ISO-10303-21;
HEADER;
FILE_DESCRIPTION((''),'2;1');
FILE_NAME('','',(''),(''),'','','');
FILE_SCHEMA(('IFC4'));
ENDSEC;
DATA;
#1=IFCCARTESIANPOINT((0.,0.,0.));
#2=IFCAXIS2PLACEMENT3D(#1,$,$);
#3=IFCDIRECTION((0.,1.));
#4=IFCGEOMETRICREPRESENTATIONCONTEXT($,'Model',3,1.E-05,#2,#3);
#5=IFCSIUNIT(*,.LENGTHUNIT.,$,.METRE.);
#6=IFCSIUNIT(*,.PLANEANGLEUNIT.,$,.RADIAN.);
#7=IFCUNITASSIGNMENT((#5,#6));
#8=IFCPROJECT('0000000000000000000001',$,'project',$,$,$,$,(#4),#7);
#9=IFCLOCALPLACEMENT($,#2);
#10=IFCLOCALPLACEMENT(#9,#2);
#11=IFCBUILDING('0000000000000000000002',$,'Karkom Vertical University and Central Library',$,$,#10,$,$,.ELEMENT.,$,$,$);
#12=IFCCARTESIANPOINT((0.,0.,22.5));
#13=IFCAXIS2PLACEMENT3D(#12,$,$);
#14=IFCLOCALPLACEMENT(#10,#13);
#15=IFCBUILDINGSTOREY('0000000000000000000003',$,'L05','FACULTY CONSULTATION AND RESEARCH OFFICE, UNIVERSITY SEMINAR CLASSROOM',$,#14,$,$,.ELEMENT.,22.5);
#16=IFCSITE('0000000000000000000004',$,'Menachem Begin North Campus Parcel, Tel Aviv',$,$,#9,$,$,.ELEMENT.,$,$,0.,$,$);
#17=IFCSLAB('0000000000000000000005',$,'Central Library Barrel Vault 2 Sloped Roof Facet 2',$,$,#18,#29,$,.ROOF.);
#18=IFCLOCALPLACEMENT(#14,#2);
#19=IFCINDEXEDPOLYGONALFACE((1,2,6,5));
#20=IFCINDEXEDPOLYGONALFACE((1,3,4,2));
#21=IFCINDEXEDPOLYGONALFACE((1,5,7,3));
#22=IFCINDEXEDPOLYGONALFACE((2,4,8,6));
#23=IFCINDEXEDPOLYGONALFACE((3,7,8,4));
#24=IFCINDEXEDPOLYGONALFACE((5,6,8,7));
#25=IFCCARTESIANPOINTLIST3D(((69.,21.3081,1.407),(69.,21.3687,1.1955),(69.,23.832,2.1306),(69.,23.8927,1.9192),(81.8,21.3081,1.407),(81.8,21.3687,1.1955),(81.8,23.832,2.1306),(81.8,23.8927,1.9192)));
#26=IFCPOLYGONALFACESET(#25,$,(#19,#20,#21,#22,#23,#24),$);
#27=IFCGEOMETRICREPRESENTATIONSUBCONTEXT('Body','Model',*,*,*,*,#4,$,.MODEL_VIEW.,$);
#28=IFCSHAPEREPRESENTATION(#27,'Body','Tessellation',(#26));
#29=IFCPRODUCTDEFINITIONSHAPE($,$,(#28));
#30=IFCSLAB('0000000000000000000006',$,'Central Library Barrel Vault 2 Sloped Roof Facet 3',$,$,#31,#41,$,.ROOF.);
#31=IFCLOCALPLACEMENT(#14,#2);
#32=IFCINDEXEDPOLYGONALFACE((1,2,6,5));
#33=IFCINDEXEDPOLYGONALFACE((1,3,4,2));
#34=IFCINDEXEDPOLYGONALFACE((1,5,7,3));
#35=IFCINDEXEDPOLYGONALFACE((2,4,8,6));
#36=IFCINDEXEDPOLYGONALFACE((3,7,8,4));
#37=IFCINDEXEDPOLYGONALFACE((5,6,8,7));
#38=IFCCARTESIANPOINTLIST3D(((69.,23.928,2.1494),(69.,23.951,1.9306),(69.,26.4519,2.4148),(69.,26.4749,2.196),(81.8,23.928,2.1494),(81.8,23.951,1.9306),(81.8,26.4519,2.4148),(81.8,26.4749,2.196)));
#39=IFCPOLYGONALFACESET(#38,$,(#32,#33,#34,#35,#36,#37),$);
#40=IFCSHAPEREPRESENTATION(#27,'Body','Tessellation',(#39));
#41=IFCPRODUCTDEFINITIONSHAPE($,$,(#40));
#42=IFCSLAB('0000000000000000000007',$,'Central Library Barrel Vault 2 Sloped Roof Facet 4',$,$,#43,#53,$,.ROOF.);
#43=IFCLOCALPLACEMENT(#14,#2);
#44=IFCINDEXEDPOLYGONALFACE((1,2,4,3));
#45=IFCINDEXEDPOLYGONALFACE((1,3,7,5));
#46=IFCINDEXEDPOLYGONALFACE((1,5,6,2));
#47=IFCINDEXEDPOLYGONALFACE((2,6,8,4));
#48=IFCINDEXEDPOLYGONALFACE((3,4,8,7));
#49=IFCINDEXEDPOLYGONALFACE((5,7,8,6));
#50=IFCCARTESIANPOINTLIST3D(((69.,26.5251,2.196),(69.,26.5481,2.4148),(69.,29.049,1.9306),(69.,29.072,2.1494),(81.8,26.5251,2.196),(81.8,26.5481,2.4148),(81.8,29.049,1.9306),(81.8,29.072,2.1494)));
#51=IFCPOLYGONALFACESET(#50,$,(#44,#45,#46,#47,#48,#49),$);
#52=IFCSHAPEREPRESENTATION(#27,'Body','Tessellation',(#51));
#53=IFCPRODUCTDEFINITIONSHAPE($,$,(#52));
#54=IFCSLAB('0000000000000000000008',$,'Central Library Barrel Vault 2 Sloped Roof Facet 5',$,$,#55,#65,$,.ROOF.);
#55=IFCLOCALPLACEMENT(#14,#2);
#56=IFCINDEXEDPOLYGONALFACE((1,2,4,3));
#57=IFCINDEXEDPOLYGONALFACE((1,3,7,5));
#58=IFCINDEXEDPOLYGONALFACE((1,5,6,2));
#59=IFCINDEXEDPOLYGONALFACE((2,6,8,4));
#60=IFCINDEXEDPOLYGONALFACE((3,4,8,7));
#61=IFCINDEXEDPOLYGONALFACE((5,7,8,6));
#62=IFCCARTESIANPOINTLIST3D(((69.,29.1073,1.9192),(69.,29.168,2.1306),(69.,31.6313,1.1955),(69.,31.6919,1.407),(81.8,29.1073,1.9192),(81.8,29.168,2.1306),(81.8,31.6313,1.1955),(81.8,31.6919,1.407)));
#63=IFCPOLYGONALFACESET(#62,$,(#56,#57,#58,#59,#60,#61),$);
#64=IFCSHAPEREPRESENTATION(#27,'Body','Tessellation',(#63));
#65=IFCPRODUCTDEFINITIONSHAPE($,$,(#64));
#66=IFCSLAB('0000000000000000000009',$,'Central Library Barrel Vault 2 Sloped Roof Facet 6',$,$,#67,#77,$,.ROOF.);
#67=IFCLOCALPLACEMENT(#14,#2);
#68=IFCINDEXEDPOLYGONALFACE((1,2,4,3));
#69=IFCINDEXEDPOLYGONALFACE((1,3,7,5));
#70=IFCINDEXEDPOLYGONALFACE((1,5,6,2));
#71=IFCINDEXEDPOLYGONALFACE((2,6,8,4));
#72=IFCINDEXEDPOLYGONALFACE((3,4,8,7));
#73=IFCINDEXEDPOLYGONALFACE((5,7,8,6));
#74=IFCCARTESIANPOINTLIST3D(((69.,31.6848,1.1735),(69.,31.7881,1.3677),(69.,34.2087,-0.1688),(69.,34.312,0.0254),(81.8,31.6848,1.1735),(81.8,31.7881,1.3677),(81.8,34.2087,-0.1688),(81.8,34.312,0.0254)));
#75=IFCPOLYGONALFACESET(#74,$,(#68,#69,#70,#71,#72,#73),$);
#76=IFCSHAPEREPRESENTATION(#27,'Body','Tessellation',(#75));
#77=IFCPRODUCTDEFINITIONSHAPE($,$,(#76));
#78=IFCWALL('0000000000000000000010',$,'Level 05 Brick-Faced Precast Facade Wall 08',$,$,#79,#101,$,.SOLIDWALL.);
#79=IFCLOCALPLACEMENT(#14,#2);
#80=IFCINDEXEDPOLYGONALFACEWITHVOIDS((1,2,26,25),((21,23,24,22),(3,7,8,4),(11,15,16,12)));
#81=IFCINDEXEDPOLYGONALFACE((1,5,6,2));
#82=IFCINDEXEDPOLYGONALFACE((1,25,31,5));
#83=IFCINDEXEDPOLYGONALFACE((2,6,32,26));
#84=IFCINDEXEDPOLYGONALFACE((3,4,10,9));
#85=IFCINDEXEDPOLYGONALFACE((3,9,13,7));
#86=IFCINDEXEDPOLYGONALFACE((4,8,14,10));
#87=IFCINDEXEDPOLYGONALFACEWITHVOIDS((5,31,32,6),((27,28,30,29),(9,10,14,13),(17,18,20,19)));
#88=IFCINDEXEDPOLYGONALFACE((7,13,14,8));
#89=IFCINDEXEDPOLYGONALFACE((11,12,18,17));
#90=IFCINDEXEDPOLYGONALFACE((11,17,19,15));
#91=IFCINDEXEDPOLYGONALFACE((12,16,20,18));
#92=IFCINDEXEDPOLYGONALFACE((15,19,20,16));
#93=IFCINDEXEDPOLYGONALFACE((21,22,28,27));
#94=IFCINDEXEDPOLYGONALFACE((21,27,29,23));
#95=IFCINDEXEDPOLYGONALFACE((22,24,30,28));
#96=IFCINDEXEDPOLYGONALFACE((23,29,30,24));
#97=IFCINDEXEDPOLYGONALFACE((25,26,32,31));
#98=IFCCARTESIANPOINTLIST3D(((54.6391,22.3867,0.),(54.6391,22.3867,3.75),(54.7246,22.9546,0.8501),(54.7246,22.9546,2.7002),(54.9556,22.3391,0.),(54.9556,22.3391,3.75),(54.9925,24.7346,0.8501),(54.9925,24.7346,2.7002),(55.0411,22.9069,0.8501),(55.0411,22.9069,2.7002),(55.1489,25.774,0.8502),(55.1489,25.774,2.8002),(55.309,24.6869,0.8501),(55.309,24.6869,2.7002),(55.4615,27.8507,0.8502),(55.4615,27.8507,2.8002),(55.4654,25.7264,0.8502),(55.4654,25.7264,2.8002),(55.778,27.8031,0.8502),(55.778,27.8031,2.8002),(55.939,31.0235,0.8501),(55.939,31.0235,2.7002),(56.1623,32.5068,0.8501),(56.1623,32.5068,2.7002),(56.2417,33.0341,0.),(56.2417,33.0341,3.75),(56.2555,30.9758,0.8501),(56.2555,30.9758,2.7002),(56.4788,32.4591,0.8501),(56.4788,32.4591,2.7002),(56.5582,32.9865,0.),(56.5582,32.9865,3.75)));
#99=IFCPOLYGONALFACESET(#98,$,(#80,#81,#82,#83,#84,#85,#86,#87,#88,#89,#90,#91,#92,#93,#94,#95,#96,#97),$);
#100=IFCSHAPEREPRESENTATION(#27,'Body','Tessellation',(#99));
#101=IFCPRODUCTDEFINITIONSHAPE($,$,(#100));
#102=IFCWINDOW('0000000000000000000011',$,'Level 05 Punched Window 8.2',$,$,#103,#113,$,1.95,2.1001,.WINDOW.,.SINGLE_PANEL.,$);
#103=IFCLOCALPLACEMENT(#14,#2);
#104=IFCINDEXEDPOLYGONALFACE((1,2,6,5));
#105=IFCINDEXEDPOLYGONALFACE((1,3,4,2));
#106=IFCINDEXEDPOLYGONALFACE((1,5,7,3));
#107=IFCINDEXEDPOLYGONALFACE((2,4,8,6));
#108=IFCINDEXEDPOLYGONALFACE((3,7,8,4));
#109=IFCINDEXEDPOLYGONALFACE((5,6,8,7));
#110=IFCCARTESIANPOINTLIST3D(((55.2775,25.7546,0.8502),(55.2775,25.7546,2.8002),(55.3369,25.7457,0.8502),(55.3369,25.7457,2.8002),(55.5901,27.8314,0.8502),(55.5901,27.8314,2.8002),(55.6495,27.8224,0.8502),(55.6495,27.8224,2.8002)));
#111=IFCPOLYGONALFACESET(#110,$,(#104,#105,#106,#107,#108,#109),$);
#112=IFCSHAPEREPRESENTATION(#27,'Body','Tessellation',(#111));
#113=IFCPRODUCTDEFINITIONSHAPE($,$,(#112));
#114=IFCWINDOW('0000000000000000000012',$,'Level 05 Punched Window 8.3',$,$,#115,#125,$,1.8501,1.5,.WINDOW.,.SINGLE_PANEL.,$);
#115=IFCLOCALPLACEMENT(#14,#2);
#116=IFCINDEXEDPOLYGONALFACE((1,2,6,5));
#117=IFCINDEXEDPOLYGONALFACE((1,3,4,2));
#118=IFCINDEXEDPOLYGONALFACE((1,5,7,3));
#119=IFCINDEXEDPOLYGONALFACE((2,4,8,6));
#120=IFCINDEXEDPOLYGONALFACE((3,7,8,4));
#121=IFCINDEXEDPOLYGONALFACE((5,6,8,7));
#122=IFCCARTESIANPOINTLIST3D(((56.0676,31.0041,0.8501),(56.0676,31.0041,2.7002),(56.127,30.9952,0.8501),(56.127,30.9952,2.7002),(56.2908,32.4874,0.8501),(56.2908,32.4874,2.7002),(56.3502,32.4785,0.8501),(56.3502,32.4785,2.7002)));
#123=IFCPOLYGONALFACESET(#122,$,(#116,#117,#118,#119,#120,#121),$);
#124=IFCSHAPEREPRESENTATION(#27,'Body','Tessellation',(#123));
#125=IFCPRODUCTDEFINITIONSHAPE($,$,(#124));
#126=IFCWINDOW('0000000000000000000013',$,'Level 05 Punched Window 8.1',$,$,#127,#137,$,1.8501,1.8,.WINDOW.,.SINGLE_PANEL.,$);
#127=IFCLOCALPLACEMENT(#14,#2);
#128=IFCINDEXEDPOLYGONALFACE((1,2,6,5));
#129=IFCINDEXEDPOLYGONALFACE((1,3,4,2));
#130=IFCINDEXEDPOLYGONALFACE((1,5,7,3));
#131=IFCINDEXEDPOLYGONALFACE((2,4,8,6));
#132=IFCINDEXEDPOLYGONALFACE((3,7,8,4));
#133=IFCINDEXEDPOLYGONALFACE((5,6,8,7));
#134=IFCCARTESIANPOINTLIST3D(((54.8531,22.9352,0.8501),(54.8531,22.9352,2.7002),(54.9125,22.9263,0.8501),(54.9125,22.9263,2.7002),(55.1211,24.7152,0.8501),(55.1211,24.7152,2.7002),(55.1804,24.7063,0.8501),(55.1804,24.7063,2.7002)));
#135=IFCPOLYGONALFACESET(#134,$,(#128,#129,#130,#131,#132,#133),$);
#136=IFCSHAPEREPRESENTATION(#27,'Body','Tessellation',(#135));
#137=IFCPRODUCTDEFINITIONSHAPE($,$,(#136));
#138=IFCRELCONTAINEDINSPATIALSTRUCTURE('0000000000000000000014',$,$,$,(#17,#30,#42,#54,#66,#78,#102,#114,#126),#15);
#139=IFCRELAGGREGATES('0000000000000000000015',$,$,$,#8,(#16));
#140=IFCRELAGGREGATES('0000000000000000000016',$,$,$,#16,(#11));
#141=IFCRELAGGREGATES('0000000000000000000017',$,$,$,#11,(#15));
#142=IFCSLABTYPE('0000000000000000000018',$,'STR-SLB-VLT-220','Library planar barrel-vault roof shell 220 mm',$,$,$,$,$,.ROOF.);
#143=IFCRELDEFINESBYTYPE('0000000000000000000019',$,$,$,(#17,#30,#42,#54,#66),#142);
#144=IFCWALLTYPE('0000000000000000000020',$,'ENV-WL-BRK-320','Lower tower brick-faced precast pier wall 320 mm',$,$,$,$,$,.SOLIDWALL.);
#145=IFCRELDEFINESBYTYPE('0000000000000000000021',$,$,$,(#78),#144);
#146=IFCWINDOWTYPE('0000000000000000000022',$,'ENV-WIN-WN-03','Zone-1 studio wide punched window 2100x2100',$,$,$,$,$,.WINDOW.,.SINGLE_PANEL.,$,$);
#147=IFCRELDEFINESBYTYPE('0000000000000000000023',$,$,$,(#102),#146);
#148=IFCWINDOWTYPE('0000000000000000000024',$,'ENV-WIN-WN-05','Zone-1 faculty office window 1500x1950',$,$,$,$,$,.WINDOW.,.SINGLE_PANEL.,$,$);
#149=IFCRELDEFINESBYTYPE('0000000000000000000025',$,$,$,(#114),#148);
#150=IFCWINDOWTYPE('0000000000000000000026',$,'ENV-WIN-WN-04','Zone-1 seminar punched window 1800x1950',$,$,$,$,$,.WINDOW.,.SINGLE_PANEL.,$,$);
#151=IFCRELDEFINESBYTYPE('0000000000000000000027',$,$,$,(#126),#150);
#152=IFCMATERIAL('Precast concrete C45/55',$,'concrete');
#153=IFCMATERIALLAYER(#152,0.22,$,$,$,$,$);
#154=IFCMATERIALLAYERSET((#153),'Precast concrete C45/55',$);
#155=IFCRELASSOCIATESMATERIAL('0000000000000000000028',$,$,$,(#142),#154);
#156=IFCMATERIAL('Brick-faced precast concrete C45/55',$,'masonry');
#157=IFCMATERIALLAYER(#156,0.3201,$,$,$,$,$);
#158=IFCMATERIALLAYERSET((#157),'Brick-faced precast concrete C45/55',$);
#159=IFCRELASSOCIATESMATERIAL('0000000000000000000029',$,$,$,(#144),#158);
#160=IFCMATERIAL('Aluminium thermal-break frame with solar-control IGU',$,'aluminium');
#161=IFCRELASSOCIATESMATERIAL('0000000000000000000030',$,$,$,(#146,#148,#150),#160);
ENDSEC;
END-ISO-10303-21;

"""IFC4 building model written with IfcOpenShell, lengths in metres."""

from ifc_helpers import new_model, si_unit, direction, frame, frame_2d, origin, origin_with_axes, place, context, subcontext, project, spatial, polyline, rectangle, outline, extrude, source, transform, mapped, material, layer, layer_set, type_object, element, fill, save


model = new_model("IFC4")

# Units and contexts
model_context = context("Model", 3, precision=1e-05, world=origin(), true_north=direction((0.0, 1.0)))
body_context = subcontext(model_context, "Body", "Model", "MODEL_VIEW")
ifc_project = project(units=[si_unit("LENGTHUNIT", "METRE"), si_unit("PLANEANGLEUNIT", "RADIAN")], contexts=[model_context])

# Site, building, storey
site_placement = place(None, origin())
site = spatial("IfcSite", under=ifc_project, at=site_placement, Name="Menachem Begin North Campus Parcel, Tel Aviv", CompositionType="ELEMENT", RefElevation=0.0)
building_placement = place(site_placement, origin())
building = spatial("IfcBuilding", under=site, at=building_placement, Name="Karkom Vertical University and Central Library", CompositionType="ELEMENT")
storey_placement = place(building_placement, frame((0.0, 0.0, 22.5)))
storey = spatial("IfcBuildingStorey", under=building, at=storey_placement, Name="L05", Description="FACULTY CONSULTATION AND RESEARCH OFFICE, UNIVERSITY SEMINAR CLASSROOM", CompositionType="ELEMENT", Elevation=22.5)

# Slabs
ifc_material_1 = material(Name="Precast concrete C45/55", Category="concrete")
ifc_layer_1 = layer(ifc_material_1, 0.22)
ifc_layer_set_1 = layer_set([ifc_layer_1], Name="Precast concrete C45/55")
slab_type = type_object("IfcSlabType", Name="STR-SLB-VLT-220", Description="Library planar barrel-vault roof shell 220 mm", PredefinedType="ROOF", material=ifc_layer_set_1)
slab_1_placement = place(storey_placement, frame((69.0, 21.3081, 1.407), z_axis=(0.0, -0.275605, 0.961271), x_axis=(1.0, 0.0, 0.0)))
element("IfcSlab", 1, at=slab_1_placement, inside=storey, type_object=slab_type, Name="Central Library Barrel Vault 2 Sloped Roof Facet 2", PredefinedType="ROOF", context=body_context, shape_type="SweptSolid", body=[
    extrude(outline(polyline([(0.0, 0.0), (12.8, 0.0), (12.8, 2.6256), (0.0, 2.6256), (0.0, 0.0)])), origin(), (0.0, 0.0, -1.0), 0.22),
])
for number, where, z_axis, x_axis, name in (
    (2, (69.0, 23.928, 2.1494), (0.0, -0.10457, 0.994518), (1.0, 0.0, 0.0), "Central Library Barrel Vault 2 Sloped Roof Facet 3"),
    (3, (69.0, 26.5481, 2.4148), (0.0, 0.10457, 0.994518), (1.0, 0.0, 0.0), "Central Library Barrel Vault 2 Sloped Roof Facet 4"),
):
    element("IfcSlab", number, at=place(storey_placement, frame(where, z_axis=z_axis, x_axis=x_axis)), inside=storey, type_object=slab_type, Name=name, PredefinedType="ROOF", context=body_context, shape_type="SweptSolid", body=[
        extrude(outline(polyline([(0.0, 0.0), (12.8, 0.0), (12.8, 2.5378), (0.0, 2.5378), (0.0, 0.0)])), origin(), (0.0, 0.0, -1.0), 0.22),
    ])
slab_2_placement = place(storey_placement, frame((69.0, 29.168, 2.1306), z_axis=(0.0, 0.275605, 0.961271), x_axis=(1.0, 0.0, 0.0)))
element("IfcSlab", 4, at=slab_2_placement, inside=storey, type_object=slab_type, Name="Central Library Barrel Vault 2 Sloped Roof Facet 5", PredefinedType="ROOF", context=body_context, shape_type="SweptSolid", body=[
    extrude(outline(polyline([(0.0, 0.0), (12.8, 0.0), (12.8, 2.6256), (0.0, 2.6256), (0.0, 0.0)])), origin(), (0.0, 0.0, -1.0), 0.22),
])
slab_3_placement = place(storey_placement, frame((69.0, 31.7881, 1.3677), z_axis=(0.0, 0.469551, 0.882906), x_axis=(1.0, 0.0, 0.0)))
element("IfcSlab", 5, at=slab_3_placement, inside=storey, type_object=slab_type, Name="Central Library Barrel Vault 2 Sloped Roof Facet 6", PredefinedType="ROOF", context=body_context, shape_type="SweptSolid", body=[
    extrude(outline(polyline([(0.0, 0.0), (12.8, 0.0), (12.8, 2.8587), (0.0, 2.8587), (0.0, 0.0)])), origin(), (0.0, 0.0, -1.0), 0.22),
])

# Wall, openings, windows
ifc_material_2 = material(Name="Brick-faced precast concrete C45/55", Category="masonry")
ifc_layer_2 = layer(ifc_material_2, 0.3201)
ifc_layer_set_2 = layer_set([ifc_layer_2], Name="Brick-faced precast concrete C45/55")
wall_type = type_object("IfcWallType", Name="ENV-WL-BRK-320", Description="Lower tower brick-faced precast pier wall 320 mm", PredefinedType="SOLIDWALL", material=ifc_layer_set_2)
wall_1_placement = place(storey_placement, frame((54.7974, 22.3628, 0.0), z_axis=(0.0, 0.0, 1.0), x_axis=(0.148833, 0.988862, 0.0)))
wall_1 = element("IfcWall", 6, at=wall_1_placement, inside=storey, type_object=wall_type, Name="Level 05 Brick-Faced Precast Facade Wall 08", PredefinedType="SOLIDWALL", context=body_context, shape_type="SweptSolid", body=[
    extrude(rectangle(XDim=10.7673, YDim=0.3201, at=frame_2d((5.3838, 0.0))), origin(), (0.0, 0.0, 1.0), 3.75),
])
opening_1_placement = place(wall_1_placement, frame((0.5745, 0.0, 0.8501)))
opening_1 = element("IfcOpeningElement", 7, at=opening_1_placement, cuts=wall_1, PredefinedType="OPENING", context=body_context, shape_type="SweptSolid", body=[
    extrude(rectangle(XDim=1.8, YDim=1.8501, at=frame_2d((0.8999, 0.925))), frame((0.0, 0.1699, 0.0), z_axis=(0.0, -1.0, 0.0), x_axis=(1.0, 0.0, 0.0)), (0.0, 0.0, 1.0), 0.3401),
])
opening_2_placement = place(wall_1_placement, frame((3.4255, 0.0, 0.8501)))
opening_2 = element("IfcOpeningElement", 8, at=opening_2_placement, cuts=wall_1, PredefinedType="OPENING", context=body_context, shape_type="SweptSolid", body=[
    extrude(rectangle(XDim=2.1001, YDim=1.95, at=frame_2d((1.05, 0.9751))), frame((0.0, 0.1699, 0.0), z_axis=(0.0, -1.0, 0.0), x_axis=(1.0, 0.0, 0.0)), (0.0, 0.0, 1.0), 0.3401),
])
opening_3_placement = place(wall_1_placement, frame((8.7341, 0.0, 0.8501)))
opening_3 = element("IfcOpeningElement", 9, at=opening_3_placement, cuts=wall_1, PredefinedType="OPENING", context=body_context, shape_type="SweptSolid", body=[
    extrude(rectangle(XDim=1.5, YDim=1.8501, at=frame_2d((0.75, 0.925))), frame((0.0, 0.1699, 0.0), z_axis=(0.0, -1.0, 0.0), x_axis=(1.0, 0.0, 0.0)), (0.0, 0.0, 1.0), 0.3401),
])
ifc_material_3 = material(Name="Aluminium thermal-break frame with solar-control IGU", Category="aluminium")
window_type_1 = type_object("IfcWindowType", Name="ENV-WIN-WN-03", Description="Zone-1 studio wide punched window 2100x2100", PartitioningType="SINGLE_PANEL", PredefinedType="WINDOW", material=ifc_material_3)
shared_shape_1 = source(origin_with_axes(), body_context, "Body", "SweptSolid", [
    extrude(rectangle(XDim=2.1001, YDim=1.95, at=frame_2d((1.05, 0.9751))), frame((0.0, 0.03, 0.0), z_axis=(0.0, -1.0, 0.0), x_axis=(1.0, 0.0, 0.0)), (0.0, 0.0, 1.0), 0.0601),
])
window_1_placement = place(opening_2_placement, origin())
window_1 = element("IfcWindow", 10, at=window_1_placement, inside=storey, type_object=window_type_1, Name="Level 05 Punched Window 8.2", OverallHeight=1.95, OverallWidth=2.1001, PartitioningType="SINGLE_PANEL", PredefinedType="WINDOW", context=body_context, shape_type="MappedRepresentation", body=[
    mapped(shared_shape_1, transform((0.0, 0.0, 0.0), scale=1.0)),
])
fill(opening_2, window_1)
window_type_2 = type_object("IfcWindowType", Name="ENV-WIN-WN-05", Description="Zone-1 faculty office window 1500x1950", PartitioningType="SINGLE_PANEL", PredefinedType="WINDOW", material=ifc_material_3)
shared_shape_2 = source(origin_with_axes(), body_context, "Body", "SweptSolid", [
    extrude(rectangle(XDim=1.5, YDim=1.8501, at=frame_2d((0.75, 0.925))), frame((0.0, 0.03, 0.0), z_axis=(0.0, -1.0, 0.0), x_axis=(1.0, 0.0, 0.0)), (0.0, 0.0, 1.0), 0.0601),
])
window_2_placement = place(opening_3_placement, origin())
window_2 = element("IfcWindow", 11, at=window_2_placement, inside=storey, type_object=window_type_2, Name="Level 05 Punched Window 8.3", OverallHeight=1.8501, OverallWidth=1.5, PartitioningType="SINGLE_PANEL", PredefinedType="WINDOW", context=body_context, shape_type="MappedRepresentation", body=[
    mapped(shared_shape_2, transform((0.0, 0.0, 0.0), scale=1.0)),
])
fill(opening_3, window_2)
window_type_3 = type_object("IfcWindowType", Name="ENV-WIN-WN-04", Description="Zone-1 seminar punched window 1800x1950", PartitioningType="SINGLE_PANEL", PredefinedType="WINDOW", material=ifc_material_3)
shared_shape_3 = source(origin_with_axes(), body_context, "Body", "SweptSolid", [
    extrude(rectangle(XDim=1.8, YDim=1.8501, at=frame_2d((0.8999, 0.925))), frame((0.0, 0.03, 0.0), z_axis=(0.0, -1.0, 0.0), x_axis=(1.0, 0.0, 0.0)), (0.0, 0.0, 1.0), 0.0601),
])
window_3_placement = place(opening_1_placement, origin())
window_3 = element("IfcWindow", 12, at=window_3_placement, inside=storey, type_object=window_type_3, Name="Level 05 Punched Window 8.1", OverallHeight=1.8501, OverallWidth=1.8, PartitioningType="SINGLE_PANEL", PredefinedType="WINDOW", context=body_context, shape_type="MappedRepresentation", body=[
    mapped(shared_shape_3, transform((0.0, 0.0, 0.0), scale=1.0)),
])
fill(opening_1, window_3)

save(model, "model.ifc")
